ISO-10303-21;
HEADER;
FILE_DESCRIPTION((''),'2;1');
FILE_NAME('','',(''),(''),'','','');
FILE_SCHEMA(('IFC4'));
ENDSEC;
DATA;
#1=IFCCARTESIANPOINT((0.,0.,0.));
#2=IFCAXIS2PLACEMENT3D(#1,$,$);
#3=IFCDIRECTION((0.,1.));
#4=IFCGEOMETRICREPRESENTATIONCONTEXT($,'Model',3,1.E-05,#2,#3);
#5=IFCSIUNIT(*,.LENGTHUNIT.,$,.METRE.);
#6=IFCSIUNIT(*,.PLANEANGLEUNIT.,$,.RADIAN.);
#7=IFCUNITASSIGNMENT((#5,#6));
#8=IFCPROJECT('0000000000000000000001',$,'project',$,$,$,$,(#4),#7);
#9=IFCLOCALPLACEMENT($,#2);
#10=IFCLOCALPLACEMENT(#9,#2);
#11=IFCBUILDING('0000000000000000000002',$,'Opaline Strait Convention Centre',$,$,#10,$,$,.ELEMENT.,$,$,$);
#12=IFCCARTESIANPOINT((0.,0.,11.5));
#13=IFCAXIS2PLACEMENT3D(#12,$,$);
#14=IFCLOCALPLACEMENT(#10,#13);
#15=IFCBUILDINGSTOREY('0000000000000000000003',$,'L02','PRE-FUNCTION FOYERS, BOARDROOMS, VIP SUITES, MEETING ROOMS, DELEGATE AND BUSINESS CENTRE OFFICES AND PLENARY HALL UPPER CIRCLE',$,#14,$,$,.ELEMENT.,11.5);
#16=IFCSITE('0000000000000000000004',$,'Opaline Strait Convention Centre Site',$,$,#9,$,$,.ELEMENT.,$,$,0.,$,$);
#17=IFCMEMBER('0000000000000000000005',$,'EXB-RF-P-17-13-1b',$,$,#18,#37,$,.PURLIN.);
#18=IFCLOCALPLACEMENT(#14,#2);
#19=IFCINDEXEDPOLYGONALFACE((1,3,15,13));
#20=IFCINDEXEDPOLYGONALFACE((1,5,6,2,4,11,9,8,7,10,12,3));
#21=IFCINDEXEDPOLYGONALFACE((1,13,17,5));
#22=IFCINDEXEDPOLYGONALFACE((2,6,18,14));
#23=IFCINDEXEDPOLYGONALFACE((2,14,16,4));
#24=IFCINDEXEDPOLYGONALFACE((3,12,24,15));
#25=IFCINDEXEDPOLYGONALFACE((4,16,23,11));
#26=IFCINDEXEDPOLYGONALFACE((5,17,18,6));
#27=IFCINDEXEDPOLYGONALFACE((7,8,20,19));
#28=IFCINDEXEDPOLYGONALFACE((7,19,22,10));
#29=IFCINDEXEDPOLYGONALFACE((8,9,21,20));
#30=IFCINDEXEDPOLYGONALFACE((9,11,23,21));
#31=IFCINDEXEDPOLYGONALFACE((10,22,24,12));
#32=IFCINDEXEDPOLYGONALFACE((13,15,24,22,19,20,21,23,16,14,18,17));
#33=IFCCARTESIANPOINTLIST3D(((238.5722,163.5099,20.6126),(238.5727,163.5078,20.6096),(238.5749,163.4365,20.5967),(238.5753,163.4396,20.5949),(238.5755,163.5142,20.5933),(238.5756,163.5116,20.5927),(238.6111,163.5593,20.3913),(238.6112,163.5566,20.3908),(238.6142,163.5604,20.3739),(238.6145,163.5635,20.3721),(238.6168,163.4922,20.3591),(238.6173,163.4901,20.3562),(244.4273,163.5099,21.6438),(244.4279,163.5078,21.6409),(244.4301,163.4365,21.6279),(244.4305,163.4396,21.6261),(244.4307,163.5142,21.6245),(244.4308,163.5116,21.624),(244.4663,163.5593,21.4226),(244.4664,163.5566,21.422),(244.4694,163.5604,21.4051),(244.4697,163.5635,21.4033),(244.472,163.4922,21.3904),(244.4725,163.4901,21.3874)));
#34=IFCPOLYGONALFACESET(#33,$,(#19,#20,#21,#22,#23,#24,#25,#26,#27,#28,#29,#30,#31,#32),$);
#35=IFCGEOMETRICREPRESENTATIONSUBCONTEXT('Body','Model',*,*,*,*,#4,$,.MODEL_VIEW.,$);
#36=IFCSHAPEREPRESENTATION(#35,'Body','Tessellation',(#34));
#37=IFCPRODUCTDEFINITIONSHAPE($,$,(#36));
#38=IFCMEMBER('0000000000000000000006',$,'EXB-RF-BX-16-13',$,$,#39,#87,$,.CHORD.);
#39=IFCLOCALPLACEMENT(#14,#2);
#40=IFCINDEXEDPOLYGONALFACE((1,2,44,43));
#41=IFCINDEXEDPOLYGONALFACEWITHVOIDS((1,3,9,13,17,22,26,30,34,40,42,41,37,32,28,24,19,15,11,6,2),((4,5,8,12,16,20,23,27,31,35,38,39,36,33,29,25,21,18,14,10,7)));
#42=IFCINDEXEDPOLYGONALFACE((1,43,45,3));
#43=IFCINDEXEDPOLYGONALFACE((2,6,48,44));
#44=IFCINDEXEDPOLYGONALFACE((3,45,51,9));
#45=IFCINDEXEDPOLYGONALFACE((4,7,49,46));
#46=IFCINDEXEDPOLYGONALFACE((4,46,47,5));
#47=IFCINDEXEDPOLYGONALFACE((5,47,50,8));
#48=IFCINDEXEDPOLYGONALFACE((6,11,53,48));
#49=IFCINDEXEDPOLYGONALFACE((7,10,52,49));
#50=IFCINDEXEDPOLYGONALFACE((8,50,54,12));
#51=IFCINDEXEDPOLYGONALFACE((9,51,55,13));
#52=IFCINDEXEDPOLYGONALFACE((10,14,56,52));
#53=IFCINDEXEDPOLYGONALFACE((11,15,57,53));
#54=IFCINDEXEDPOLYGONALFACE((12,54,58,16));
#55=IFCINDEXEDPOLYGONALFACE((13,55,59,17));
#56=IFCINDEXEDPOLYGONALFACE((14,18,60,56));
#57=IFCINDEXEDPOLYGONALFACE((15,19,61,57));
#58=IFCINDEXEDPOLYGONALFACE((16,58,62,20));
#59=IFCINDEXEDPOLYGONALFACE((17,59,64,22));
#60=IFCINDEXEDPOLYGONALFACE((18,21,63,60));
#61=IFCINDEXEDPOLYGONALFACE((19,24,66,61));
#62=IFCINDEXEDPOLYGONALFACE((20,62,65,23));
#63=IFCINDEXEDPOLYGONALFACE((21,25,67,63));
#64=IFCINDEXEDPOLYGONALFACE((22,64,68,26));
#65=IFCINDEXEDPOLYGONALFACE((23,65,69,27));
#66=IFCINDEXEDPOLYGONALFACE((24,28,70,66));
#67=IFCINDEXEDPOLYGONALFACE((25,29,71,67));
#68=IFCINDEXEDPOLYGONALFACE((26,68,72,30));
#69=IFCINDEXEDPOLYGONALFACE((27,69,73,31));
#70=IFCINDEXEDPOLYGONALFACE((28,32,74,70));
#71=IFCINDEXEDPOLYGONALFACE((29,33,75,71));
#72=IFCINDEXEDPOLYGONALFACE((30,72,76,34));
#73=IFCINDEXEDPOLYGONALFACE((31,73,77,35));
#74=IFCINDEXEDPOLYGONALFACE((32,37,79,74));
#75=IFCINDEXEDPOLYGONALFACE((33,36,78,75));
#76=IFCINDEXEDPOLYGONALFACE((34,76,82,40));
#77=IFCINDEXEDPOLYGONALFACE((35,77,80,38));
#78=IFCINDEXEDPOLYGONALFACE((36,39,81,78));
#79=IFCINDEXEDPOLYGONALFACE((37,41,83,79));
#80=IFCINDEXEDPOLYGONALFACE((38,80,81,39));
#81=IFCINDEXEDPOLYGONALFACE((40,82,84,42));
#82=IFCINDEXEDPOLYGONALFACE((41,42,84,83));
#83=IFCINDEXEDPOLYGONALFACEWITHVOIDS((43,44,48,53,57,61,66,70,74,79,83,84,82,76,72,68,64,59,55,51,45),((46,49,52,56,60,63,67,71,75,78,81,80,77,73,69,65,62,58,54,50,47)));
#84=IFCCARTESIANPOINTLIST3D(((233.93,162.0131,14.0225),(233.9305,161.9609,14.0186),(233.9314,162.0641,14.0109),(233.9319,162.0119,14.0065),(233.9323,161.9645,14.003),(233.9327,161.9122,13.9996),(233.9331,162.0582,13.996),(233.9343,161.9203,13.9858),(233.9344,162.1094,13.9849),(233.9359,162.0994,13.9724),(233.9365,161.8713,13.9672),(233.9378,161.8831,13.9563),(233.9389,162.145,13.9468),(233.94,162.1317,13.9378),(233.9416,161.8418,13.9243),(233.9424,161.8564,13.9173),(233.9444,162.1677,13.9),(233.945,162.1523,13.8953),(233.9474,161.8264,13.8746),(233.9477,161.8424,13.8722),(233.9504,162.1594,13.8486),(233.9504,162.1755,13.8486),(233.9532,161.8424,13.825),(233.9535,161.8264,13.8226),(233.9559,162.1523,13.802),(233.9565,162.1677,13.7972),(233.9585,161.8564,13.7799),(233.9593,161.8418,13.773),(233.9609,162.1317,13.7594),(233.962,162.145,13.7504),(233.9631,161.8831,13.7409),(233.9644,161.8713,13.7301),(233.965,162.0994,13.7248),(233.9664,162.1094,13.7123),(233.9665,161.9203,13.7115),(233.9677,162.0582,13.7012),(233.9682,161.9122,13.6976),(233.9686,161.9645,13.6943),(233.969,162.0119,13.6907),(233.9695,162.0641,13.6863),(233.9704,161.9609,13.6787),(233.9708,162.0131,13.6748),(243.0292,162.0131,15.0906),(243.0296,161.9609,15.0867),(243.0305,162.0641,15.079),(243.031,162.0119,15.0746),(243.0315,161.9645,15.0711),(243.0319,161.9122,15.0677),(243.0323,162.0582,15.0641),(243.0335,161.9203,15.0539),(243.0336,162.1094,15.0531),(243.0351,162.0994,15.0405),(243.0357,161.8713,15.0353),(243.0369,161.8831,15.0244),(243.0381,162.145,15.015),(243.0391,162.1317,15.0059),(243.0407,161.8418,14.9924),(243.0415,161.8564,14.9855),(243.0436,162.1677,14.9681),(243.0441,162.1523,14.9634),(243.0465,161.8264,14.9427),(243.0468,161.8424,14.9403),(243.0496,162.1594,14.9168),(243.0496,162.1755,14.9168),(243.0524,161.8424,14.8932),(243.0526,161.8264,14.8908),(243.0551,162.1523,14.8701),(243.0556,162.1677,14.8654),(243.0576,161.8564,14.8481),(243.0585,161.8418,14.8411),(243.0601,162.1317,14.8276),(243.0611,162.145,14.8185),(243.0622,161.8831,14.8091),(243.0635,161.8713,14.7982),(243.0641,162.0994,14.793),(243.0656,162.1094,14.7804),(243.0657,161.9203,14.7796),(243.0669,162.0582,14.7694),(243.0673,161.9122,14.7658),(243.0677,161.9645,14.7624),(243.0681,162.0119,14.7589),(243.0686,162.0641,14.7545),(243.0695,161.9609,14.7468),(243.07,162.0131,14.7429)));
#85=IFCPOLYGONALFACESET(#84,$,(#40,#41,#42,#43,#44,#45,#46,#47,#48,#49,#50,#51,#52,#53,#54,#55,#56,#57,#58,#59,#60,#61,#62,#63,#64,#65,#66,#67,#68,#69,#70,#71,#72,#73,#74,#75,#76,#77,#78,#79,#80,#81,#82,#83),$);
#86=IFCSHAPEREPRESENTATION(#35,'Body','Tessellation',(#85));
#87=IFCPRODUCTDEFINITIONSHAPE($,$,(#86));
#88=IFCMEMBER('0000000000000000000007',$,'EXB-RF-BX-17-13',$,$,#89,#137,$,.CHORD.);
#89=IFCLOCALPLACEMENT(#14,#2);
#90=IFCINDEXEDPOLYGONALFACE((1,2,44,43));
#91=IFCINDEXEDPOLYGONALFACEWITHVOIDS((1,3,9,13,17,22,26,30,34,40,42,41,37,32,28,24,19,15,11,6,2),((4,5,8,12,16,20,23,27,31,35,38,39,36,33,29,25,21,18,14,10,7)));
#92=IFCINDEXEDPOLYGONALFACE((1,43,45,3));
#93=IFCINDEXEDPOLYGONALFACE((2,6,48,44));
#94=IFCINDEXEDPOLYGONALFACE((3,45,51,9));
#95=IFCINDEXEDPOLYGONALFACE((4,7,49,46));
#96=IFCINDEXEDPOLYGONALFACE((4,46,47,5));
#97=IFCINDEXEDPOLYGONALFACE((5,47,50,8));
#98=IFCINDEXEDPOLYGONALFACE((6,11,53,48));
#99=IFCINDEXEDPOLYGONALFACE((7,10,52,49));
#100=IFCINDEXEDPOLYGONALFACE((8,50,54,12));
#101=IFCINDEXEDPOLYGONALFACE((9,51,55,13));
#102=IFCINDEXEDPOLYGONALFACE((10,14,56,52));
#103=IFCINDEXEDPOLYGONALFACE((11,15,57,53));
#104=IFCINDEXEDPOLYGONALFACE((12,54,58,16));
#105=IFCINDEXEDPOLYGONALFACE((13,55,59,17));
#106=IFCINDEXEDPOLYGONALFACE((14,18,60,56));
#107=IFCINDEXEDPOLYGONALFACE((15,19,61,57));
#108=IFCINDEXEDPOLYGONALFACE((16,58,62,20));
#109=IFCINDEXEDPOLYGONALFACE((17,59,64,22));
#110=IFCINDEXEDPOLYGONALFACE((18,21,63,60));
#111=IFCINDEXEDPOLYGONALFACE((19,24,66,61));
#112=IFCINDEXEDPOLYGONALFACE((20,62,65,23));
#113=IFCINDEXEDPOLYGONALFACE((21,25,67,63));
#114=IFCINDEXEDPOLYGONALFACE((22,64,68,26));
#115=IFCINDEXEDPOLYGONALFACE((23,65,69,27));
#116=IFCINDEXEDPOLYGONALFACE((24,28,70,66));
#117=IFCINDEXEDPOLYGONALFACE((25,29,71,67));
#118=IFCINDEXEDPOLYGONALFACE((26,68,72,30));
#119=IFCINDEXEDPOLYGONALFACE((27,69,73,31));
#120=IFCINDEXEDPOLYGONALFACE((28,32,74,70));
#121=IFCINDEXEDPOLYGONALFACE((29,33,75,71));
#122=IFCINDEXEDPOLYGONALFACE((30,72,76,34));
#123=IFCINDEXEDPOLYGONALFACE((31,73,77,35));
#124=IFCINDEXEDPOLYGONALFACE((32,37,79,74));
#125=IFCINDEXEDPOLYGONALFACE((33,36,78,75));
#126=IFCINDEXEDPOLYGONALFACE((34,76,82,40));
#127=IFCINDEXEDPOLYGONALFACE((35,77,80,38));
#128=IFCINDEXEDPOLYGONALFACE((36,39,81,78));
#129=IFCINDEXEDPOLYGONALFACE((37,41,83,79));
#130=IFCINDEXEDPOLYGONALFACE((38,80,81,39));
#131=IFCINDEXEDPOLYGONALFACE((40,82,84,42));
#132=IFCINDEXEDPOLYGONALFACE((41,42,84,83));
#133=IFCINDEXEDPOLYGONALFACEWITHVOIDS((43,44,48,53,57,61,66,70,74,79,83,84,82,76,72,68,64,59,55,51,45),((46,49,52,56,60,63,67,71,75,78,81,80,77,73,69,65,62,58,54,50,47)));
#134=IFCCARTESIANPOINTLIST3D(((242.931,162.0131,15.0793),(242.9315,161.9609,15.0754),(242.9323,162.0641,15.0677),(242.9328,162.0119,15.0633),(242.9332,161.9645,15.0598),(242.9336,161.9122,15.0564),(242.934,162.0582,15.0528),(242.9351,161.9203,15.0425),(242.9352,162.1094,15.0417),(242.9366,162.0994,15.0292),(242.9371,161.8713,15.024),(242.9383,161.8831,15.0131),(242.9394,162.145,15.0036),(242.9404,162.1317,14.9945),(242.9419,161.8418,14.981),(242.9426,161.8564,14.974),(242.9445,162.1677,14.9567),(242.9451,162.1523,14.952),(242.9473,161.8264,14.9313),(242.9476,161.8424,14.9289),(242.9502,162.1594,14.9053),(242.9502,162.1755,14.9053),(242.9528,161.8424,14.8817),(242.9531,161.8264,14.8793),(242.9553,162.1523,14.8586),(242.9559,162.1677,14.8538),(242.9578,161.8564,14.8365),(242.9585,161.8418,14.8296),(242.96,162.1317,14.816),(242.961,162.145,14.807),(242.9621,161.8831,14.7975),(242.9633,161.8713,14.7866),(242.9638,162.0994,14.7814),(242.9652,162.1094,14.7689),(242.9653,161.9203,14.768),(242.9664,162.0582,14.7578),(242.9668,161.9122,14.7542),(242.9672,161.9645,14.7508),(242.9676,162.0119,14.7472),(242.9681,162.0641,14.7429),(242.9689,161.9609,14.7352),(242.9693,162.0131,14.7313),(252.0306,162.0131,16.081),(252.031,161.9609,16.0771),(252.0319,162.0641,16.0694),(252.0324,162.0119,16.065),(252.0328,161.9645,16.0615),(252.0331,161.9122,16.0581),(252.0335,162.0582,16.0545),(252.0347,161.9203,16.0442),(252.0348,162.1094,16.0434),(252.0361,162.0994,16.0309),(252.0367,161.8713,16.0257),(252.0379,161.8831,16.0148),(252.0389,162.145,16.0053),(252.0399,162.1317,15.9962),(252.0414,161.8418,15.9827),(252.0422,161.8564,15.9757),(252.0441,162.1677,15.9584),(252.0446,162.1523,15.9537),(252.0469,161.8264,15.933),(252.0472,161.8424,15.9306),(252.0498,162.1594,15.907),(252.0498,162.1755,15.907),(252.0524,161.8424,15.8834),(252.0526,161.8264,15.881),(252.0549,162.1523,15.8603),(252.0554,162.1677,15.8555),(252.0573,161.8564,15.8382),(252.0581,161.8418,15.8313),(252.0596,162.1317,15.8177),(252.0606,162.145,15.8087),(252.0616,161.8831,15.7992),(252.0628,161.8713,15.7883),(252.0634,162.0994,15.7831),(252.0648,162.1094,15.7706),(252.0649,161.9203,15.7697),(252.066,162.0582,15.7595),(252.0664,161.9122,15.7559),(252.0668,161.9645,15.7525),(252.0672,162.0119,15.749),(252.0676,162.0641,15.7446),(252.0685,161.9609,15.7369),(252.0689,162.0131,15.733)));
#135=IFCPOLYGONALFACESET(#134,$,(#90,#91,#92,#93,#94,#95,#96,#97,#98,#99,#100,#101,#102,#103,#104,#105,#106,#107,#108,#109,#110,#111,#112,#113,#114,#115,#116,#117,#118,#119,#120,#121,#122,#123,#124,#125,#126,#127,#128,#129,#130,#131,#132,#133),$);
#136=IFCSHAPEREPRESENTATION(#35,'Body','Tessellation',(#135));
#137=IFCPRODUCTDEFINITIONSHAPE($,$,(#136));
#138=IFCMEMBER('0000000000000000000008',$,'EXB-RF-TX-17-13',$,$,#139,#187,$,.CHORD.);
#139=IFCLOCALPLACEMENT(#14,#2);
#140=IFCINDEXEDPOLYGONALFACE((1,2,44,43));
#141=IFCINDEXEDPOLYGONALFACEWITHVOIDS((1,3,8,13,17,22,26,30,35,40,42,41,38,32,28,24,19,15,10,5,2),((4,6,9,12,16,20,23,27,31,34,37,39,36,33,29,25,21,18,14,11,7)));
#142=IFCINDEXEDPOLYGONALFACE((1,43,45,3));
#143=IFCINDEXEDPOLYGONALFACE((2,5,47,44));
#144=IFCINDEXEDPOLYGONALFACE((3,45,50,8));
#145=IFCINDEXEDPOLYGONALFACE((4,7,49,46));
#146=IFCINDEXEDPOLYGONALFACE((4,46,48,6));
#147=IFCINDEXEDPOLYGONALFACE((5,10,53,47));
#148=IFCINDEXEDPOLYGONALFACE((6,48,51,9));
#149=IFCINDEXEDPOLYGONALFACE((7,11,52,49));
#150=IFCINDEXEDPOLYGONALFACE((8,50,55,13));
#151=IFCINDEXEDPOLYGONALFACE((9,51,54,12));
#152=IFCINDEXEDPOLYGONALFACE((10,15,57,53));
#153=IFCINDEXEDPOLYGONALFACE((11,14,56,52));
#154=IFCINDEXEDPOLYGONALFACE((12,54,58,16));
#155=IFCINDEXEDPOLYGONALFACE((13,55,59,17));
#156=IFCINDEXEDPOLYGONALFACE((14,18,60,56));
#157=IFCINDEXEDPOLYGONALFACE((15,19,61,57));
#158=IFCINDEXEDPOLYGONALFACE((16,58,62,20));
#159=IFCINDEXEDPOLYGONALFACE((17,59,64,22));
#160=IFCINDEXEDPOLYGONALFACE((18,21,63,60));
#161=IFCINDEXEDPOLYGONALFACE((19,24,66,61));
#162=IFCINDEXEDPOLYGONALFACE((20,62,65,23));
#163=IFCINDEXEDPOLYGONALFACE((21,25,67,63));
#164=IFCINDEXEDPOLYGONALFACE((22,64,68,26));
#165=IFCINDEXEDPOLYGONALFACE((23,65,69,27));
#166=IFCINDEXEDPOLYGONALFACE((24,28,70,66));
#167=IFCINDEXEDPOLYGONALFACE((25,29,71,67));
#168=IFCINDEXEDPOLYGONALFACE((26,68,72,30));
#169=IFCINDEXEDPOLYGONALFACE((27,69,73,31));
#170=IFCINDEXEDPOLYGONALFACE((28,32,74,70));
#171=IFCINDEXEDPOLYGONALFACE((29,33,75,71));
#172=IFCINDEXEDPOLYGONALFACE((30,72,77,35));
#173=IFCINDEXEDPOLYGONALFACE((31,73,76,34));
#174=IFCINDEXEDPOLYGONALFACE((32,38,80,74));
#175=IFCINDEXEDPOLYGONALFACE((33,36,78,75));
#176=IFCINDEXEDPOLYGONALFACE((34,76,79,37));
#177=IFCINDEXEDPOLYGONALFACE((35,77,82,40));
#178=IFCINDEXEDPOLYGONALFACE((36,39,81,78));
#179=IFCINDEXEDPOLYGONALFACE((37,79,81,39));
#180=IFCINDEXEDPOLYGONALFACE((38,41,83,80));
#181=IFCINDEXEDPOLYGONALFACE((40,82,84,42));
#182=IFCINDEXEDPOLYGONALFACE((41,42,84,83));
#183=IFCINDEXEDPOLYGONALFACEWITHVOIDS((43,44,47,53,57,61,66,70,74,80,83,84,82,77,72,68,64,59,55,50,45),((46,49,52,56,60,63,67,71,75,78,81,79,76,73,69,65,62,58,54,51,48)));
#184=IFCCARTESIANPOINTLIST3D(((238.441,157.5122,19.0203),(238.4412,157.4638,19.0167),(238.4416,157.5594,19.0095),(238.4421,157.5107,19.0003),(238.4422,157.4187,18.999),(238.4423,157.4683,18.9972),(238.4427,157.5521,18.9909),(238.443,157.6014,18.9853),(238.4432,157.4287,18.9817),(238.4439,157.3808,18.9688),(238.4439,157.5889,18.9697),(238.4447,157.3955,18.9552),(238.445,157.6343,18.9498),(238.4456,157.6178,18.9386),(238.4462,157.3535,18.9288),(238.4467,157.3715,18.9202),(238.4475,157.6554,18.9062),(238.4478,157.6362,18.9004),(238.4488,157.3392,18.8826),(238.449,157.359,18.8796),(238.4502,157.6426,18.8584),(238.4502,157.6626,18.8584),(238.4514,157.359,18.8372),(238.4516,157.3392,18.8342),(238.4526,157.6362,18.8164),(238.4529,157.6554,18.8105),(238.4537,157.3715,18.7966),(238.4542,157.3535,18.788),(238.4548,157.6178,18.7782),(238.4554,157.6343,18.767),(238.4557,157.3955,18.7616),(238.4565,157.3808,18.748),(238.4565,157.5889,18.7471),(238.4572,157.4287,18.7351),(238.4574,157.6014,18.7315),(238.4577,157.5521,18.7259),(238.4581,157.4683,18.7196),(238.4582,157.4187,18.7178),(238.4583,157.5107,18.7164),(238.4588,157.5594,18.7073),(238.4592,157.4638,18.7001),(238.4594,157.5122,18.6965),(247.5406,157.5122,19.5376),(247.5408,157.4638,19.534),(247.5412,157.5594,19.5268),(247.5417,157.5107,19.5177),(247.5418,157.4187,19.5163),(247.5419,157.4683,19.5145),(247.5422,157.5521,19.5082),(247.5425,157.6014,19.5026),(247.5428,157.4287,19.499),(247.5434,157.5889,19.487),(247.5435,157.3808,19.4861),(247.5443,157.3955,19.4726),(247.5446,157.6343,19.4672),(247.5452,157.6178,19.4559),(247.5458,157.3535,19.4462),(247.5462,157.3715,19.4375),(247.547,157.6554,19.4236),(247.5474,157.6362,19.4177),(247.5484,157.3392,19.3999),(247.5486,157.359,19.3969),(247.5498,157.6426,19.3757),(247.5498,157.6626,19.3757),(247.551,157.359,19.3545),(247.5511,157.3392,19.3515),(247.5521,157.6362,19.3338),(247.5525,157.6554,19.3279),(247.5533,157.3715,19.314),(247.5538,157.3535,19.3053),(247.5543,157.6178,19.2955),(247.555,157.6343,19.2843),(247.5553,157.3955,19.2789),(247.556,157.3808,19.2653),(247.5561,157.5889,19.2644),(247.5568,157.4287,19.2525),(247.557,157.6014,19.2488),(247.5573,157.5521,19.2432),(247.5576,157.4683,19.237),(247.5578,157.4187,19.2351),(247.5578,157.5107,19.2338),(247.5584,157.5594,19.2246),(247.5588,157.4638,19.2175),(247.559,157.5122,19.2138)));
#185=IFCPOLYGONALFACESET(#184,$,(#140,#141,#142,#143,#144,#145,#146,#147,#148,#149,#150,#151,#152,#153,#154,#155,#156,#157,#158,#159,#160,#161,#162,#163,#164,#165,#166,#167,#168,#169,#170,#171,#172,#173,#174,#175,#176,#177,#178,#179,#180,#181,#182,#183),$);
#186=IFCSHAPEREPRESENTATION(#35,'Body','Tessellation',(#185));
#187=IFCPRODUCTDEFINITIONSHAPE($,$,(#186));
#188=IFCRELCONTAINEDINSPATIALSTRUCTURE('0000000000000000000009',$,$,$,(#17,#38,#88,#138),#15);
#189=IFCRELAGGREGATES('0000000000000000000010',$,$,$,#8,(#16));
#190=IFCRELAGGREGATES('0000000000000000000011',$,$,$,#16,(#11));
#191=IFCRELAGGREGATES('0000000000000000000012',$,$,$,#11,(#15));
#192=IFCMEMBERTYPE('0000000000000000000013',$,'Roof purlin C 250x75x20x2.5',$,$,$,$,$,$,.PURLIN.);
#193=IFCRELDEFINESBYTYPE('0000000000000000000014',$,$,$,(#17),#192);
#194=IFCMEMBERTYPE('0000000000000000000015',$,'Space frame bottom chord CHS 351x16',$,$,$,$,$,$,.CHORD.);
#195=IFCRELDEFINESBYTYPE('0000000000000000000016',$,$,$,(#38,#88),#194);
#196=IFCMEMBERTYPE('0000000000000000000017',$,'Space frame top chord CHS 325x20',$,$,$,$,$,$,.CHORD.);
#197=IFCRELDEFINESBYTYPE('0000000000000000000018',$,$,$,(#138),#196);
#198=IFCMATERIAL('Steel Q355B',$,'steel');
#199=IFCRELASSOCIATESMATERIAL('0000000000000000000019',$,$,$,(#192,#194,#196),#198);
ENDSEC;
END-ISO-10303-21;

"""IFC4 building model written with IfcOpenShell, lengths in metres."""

from ifc_helpers import new_model, si_unit, direction, frame, origin, origin_2d, place, context, subcontext, project, spatial, polyline, hollow_circle, outline, extrude, material, material_profile, profile_set, type_object, element, save


model = new_model("IFC4")

# Units and contexts
model_context = context("Model", 3, precision=1e-05, world=origin(), true_north=direction((0.0, 1.0)))
body_context = subcontext(model_context, "Body", "Model", "MODEL_VIEW")
ifc_project = project(units=[si_unit("LENGTHUNIT", "METRE"), si_unit("PLANEANGLEUNIT", "RADIAN")], contexts=[model_context])

# Site, building, storey
site_placement = place(None, origin())
site = spatial("IfcSite", under=ifc_project, at=site_placement, Name="Opaline Strait Convention Centre Site", CompositionType="ELEMENT", RefElevation=0.0)
building_placement = place(site_placement, origin())
building = spatial("IfcBuilding", under=site, at=building_placement, Name="Opaline Strait Convention Centre", CompositionType="ELEMENT")
storey_placement = place(building_placement, frame((0.0, 0.0, 11.5)))
storey = spatial("IfcBuildingStorey", under=building, at=storey_placement, Name="L02", Description="PRE-FUNCTION FOYERS, BOARDROOMS, VIP SUITES, MEETING ROOMS, DELEGATE AND BUSINESS CENTRE OFFICES AND PLENARY HALL UPPER CIRCLE", CompositionType="ELEMENT", Elevation=11.5)

# Members
ifc_material_1 = material(Name="Steel Q355B", Category="steel")
ifc_material_profile_1 = material_profile(ifc_material_1, outline(polyline([(-0.0376, -0.125), (0.0376, -0.125), (0.0376, -0.105), (0.0349, -0.105), (0.0349, -0.1226), (-0.0349, -0.1226), (-0.0349, 0.1226), (0.0349, 0.1226), (0.0349, 0.105), (0.0376, 0.105), (0.0376, 0.125), (-0.0376, 0.125), (-0.0376, -0.125)])), Name="C 250x75x20x2.5")
ifc_profile_set_1 = profile_set([ifc_material_profile_1], Name="Steel Q355B")
member_type_1 = type_object("IfcMemberType", Name="Roof purlin C 250x75x20x2.5", PredefinedType="PURLIN", material=ifc_profile_set_1)
member_1_placement = place(storey_placement, frame((238.5947, 163.5, 20.4844), z_axis=(0.984842, 0.0, 0.173455), x_axis=(-0.037224, 0.976702, 0.211348)))
element("IfcMember", 1, at=member_1_placement, inside=storey, type_object=member_type_1, Name="EXB-RF-P-17-13-1b", PredefinedType="PURLIN", context=body_context, shape_type="SweptSolid", body=[
    extrude(outline(polyline([(-0.0376, -0.125), (0.0376, -0.125), (0.0376, -0.105), (0.0349, -0.105), (0.0349, -0.1226), (-0.0349, -0.1226), (-0.0349, 0.1226), (0.0349, 0.1226), (0.0349, 0.105), (0.0376, 0.105), (0.0376, 0.125), (-0.0376, 0.125), (-0.0376, -0.125)])), origin(), (0.0, 0.0, 1.0), 5.9453),
])
ifc_material_profile_2 = material_profile(ifc_material_1, hollow_circle(Radius=0.1755, WallThickness=0.0161, at=origin_2d()), Name="CHS 351x16")
ifc_profile_set_2 = profile_set([ifc_material_profile_2], Name="Steel Q355B")
member_type_2 = type_object("IfcMemberType", Name="Space frame bottom chord CHS 351x16", PredefinedType="CHORD", material=ifc_profile_set_2)
member_2_placement = place(storey_placement, frame((233.9504, 162.0, 13.8486), z_axis=(0.993181, 0.0, 0.116586), x_axis=(0.0, 1.0, 0.0)))
element("IfcMember", 2, at=member_2_placement, inside=storey, type_object=member_type_2, Name="EXB-RF-BX-16-13", PredefinedType="CHORD", context=body_context, shape_type="SweptSolid", body=[
    extrude(hollow_circle(Radius=0.1755, WallThickness=0.0161, at=origin_2d()), origin(), (0.0, 0.0, 1.0), 9.1616),
])
member_3_placement = place(storey_placement, frame((242.9502, 162.0, 14.9053), z_axis=(0.993995, 0.0, 0.109422), x_axis=(0.0, 1.0, 0.0)))
element("IfcMember", 3, at=member_3_placement, inside=storey, type_object=member_type_2, Name="EXB-RF-BX-17-13", PredefinedType="CHORD", context=body_context, shape_type="SweptSolid", body=[
    extrude(hollow_circle(Radius=0.1755, WallThickness=0.0161, at=origin_2d()), origin(), (0.0, 0.0, 1.0), 9.1545),
])
ifc_material_profile_3 = material_profile(ifc_material_1, hollow_circle(Radius=0.1626, WallThickness=0.02, at=origin_2d()), Name="CHS 325x20")
ifc_profile_set_3 = profile_set([ifc_material_profile_3], Name="Steel Q355B")
member_type_3 = type_object("IfcMemberType", Name="Space frame top chord CHS 325x20", PredefinedType="CHORD", material=ifc_profile_set_3)
member_4_placement = place(storey_placement, frame((238.4502, 157.5, 18.8584), z_axis=(0.998388, 0.0, 0.056761), x_axis=(0.0, 1.0, 0.0)))
element("IfcMember", 4, at=member_4_placement, inside=storey, type_object=member_type_3, Name="EXB-RF-TX-17-13", PredefinedType="CHORD", context=body_context, shape_type="SweptSolid", body=[
    extrude(hollow_circle(Radius=0.1626, WallThickness=0.02, at=origin_2d()), origin(), (0.0, 0.0, 1.0), 9.1143),
])

save(model, "model.ifc")
